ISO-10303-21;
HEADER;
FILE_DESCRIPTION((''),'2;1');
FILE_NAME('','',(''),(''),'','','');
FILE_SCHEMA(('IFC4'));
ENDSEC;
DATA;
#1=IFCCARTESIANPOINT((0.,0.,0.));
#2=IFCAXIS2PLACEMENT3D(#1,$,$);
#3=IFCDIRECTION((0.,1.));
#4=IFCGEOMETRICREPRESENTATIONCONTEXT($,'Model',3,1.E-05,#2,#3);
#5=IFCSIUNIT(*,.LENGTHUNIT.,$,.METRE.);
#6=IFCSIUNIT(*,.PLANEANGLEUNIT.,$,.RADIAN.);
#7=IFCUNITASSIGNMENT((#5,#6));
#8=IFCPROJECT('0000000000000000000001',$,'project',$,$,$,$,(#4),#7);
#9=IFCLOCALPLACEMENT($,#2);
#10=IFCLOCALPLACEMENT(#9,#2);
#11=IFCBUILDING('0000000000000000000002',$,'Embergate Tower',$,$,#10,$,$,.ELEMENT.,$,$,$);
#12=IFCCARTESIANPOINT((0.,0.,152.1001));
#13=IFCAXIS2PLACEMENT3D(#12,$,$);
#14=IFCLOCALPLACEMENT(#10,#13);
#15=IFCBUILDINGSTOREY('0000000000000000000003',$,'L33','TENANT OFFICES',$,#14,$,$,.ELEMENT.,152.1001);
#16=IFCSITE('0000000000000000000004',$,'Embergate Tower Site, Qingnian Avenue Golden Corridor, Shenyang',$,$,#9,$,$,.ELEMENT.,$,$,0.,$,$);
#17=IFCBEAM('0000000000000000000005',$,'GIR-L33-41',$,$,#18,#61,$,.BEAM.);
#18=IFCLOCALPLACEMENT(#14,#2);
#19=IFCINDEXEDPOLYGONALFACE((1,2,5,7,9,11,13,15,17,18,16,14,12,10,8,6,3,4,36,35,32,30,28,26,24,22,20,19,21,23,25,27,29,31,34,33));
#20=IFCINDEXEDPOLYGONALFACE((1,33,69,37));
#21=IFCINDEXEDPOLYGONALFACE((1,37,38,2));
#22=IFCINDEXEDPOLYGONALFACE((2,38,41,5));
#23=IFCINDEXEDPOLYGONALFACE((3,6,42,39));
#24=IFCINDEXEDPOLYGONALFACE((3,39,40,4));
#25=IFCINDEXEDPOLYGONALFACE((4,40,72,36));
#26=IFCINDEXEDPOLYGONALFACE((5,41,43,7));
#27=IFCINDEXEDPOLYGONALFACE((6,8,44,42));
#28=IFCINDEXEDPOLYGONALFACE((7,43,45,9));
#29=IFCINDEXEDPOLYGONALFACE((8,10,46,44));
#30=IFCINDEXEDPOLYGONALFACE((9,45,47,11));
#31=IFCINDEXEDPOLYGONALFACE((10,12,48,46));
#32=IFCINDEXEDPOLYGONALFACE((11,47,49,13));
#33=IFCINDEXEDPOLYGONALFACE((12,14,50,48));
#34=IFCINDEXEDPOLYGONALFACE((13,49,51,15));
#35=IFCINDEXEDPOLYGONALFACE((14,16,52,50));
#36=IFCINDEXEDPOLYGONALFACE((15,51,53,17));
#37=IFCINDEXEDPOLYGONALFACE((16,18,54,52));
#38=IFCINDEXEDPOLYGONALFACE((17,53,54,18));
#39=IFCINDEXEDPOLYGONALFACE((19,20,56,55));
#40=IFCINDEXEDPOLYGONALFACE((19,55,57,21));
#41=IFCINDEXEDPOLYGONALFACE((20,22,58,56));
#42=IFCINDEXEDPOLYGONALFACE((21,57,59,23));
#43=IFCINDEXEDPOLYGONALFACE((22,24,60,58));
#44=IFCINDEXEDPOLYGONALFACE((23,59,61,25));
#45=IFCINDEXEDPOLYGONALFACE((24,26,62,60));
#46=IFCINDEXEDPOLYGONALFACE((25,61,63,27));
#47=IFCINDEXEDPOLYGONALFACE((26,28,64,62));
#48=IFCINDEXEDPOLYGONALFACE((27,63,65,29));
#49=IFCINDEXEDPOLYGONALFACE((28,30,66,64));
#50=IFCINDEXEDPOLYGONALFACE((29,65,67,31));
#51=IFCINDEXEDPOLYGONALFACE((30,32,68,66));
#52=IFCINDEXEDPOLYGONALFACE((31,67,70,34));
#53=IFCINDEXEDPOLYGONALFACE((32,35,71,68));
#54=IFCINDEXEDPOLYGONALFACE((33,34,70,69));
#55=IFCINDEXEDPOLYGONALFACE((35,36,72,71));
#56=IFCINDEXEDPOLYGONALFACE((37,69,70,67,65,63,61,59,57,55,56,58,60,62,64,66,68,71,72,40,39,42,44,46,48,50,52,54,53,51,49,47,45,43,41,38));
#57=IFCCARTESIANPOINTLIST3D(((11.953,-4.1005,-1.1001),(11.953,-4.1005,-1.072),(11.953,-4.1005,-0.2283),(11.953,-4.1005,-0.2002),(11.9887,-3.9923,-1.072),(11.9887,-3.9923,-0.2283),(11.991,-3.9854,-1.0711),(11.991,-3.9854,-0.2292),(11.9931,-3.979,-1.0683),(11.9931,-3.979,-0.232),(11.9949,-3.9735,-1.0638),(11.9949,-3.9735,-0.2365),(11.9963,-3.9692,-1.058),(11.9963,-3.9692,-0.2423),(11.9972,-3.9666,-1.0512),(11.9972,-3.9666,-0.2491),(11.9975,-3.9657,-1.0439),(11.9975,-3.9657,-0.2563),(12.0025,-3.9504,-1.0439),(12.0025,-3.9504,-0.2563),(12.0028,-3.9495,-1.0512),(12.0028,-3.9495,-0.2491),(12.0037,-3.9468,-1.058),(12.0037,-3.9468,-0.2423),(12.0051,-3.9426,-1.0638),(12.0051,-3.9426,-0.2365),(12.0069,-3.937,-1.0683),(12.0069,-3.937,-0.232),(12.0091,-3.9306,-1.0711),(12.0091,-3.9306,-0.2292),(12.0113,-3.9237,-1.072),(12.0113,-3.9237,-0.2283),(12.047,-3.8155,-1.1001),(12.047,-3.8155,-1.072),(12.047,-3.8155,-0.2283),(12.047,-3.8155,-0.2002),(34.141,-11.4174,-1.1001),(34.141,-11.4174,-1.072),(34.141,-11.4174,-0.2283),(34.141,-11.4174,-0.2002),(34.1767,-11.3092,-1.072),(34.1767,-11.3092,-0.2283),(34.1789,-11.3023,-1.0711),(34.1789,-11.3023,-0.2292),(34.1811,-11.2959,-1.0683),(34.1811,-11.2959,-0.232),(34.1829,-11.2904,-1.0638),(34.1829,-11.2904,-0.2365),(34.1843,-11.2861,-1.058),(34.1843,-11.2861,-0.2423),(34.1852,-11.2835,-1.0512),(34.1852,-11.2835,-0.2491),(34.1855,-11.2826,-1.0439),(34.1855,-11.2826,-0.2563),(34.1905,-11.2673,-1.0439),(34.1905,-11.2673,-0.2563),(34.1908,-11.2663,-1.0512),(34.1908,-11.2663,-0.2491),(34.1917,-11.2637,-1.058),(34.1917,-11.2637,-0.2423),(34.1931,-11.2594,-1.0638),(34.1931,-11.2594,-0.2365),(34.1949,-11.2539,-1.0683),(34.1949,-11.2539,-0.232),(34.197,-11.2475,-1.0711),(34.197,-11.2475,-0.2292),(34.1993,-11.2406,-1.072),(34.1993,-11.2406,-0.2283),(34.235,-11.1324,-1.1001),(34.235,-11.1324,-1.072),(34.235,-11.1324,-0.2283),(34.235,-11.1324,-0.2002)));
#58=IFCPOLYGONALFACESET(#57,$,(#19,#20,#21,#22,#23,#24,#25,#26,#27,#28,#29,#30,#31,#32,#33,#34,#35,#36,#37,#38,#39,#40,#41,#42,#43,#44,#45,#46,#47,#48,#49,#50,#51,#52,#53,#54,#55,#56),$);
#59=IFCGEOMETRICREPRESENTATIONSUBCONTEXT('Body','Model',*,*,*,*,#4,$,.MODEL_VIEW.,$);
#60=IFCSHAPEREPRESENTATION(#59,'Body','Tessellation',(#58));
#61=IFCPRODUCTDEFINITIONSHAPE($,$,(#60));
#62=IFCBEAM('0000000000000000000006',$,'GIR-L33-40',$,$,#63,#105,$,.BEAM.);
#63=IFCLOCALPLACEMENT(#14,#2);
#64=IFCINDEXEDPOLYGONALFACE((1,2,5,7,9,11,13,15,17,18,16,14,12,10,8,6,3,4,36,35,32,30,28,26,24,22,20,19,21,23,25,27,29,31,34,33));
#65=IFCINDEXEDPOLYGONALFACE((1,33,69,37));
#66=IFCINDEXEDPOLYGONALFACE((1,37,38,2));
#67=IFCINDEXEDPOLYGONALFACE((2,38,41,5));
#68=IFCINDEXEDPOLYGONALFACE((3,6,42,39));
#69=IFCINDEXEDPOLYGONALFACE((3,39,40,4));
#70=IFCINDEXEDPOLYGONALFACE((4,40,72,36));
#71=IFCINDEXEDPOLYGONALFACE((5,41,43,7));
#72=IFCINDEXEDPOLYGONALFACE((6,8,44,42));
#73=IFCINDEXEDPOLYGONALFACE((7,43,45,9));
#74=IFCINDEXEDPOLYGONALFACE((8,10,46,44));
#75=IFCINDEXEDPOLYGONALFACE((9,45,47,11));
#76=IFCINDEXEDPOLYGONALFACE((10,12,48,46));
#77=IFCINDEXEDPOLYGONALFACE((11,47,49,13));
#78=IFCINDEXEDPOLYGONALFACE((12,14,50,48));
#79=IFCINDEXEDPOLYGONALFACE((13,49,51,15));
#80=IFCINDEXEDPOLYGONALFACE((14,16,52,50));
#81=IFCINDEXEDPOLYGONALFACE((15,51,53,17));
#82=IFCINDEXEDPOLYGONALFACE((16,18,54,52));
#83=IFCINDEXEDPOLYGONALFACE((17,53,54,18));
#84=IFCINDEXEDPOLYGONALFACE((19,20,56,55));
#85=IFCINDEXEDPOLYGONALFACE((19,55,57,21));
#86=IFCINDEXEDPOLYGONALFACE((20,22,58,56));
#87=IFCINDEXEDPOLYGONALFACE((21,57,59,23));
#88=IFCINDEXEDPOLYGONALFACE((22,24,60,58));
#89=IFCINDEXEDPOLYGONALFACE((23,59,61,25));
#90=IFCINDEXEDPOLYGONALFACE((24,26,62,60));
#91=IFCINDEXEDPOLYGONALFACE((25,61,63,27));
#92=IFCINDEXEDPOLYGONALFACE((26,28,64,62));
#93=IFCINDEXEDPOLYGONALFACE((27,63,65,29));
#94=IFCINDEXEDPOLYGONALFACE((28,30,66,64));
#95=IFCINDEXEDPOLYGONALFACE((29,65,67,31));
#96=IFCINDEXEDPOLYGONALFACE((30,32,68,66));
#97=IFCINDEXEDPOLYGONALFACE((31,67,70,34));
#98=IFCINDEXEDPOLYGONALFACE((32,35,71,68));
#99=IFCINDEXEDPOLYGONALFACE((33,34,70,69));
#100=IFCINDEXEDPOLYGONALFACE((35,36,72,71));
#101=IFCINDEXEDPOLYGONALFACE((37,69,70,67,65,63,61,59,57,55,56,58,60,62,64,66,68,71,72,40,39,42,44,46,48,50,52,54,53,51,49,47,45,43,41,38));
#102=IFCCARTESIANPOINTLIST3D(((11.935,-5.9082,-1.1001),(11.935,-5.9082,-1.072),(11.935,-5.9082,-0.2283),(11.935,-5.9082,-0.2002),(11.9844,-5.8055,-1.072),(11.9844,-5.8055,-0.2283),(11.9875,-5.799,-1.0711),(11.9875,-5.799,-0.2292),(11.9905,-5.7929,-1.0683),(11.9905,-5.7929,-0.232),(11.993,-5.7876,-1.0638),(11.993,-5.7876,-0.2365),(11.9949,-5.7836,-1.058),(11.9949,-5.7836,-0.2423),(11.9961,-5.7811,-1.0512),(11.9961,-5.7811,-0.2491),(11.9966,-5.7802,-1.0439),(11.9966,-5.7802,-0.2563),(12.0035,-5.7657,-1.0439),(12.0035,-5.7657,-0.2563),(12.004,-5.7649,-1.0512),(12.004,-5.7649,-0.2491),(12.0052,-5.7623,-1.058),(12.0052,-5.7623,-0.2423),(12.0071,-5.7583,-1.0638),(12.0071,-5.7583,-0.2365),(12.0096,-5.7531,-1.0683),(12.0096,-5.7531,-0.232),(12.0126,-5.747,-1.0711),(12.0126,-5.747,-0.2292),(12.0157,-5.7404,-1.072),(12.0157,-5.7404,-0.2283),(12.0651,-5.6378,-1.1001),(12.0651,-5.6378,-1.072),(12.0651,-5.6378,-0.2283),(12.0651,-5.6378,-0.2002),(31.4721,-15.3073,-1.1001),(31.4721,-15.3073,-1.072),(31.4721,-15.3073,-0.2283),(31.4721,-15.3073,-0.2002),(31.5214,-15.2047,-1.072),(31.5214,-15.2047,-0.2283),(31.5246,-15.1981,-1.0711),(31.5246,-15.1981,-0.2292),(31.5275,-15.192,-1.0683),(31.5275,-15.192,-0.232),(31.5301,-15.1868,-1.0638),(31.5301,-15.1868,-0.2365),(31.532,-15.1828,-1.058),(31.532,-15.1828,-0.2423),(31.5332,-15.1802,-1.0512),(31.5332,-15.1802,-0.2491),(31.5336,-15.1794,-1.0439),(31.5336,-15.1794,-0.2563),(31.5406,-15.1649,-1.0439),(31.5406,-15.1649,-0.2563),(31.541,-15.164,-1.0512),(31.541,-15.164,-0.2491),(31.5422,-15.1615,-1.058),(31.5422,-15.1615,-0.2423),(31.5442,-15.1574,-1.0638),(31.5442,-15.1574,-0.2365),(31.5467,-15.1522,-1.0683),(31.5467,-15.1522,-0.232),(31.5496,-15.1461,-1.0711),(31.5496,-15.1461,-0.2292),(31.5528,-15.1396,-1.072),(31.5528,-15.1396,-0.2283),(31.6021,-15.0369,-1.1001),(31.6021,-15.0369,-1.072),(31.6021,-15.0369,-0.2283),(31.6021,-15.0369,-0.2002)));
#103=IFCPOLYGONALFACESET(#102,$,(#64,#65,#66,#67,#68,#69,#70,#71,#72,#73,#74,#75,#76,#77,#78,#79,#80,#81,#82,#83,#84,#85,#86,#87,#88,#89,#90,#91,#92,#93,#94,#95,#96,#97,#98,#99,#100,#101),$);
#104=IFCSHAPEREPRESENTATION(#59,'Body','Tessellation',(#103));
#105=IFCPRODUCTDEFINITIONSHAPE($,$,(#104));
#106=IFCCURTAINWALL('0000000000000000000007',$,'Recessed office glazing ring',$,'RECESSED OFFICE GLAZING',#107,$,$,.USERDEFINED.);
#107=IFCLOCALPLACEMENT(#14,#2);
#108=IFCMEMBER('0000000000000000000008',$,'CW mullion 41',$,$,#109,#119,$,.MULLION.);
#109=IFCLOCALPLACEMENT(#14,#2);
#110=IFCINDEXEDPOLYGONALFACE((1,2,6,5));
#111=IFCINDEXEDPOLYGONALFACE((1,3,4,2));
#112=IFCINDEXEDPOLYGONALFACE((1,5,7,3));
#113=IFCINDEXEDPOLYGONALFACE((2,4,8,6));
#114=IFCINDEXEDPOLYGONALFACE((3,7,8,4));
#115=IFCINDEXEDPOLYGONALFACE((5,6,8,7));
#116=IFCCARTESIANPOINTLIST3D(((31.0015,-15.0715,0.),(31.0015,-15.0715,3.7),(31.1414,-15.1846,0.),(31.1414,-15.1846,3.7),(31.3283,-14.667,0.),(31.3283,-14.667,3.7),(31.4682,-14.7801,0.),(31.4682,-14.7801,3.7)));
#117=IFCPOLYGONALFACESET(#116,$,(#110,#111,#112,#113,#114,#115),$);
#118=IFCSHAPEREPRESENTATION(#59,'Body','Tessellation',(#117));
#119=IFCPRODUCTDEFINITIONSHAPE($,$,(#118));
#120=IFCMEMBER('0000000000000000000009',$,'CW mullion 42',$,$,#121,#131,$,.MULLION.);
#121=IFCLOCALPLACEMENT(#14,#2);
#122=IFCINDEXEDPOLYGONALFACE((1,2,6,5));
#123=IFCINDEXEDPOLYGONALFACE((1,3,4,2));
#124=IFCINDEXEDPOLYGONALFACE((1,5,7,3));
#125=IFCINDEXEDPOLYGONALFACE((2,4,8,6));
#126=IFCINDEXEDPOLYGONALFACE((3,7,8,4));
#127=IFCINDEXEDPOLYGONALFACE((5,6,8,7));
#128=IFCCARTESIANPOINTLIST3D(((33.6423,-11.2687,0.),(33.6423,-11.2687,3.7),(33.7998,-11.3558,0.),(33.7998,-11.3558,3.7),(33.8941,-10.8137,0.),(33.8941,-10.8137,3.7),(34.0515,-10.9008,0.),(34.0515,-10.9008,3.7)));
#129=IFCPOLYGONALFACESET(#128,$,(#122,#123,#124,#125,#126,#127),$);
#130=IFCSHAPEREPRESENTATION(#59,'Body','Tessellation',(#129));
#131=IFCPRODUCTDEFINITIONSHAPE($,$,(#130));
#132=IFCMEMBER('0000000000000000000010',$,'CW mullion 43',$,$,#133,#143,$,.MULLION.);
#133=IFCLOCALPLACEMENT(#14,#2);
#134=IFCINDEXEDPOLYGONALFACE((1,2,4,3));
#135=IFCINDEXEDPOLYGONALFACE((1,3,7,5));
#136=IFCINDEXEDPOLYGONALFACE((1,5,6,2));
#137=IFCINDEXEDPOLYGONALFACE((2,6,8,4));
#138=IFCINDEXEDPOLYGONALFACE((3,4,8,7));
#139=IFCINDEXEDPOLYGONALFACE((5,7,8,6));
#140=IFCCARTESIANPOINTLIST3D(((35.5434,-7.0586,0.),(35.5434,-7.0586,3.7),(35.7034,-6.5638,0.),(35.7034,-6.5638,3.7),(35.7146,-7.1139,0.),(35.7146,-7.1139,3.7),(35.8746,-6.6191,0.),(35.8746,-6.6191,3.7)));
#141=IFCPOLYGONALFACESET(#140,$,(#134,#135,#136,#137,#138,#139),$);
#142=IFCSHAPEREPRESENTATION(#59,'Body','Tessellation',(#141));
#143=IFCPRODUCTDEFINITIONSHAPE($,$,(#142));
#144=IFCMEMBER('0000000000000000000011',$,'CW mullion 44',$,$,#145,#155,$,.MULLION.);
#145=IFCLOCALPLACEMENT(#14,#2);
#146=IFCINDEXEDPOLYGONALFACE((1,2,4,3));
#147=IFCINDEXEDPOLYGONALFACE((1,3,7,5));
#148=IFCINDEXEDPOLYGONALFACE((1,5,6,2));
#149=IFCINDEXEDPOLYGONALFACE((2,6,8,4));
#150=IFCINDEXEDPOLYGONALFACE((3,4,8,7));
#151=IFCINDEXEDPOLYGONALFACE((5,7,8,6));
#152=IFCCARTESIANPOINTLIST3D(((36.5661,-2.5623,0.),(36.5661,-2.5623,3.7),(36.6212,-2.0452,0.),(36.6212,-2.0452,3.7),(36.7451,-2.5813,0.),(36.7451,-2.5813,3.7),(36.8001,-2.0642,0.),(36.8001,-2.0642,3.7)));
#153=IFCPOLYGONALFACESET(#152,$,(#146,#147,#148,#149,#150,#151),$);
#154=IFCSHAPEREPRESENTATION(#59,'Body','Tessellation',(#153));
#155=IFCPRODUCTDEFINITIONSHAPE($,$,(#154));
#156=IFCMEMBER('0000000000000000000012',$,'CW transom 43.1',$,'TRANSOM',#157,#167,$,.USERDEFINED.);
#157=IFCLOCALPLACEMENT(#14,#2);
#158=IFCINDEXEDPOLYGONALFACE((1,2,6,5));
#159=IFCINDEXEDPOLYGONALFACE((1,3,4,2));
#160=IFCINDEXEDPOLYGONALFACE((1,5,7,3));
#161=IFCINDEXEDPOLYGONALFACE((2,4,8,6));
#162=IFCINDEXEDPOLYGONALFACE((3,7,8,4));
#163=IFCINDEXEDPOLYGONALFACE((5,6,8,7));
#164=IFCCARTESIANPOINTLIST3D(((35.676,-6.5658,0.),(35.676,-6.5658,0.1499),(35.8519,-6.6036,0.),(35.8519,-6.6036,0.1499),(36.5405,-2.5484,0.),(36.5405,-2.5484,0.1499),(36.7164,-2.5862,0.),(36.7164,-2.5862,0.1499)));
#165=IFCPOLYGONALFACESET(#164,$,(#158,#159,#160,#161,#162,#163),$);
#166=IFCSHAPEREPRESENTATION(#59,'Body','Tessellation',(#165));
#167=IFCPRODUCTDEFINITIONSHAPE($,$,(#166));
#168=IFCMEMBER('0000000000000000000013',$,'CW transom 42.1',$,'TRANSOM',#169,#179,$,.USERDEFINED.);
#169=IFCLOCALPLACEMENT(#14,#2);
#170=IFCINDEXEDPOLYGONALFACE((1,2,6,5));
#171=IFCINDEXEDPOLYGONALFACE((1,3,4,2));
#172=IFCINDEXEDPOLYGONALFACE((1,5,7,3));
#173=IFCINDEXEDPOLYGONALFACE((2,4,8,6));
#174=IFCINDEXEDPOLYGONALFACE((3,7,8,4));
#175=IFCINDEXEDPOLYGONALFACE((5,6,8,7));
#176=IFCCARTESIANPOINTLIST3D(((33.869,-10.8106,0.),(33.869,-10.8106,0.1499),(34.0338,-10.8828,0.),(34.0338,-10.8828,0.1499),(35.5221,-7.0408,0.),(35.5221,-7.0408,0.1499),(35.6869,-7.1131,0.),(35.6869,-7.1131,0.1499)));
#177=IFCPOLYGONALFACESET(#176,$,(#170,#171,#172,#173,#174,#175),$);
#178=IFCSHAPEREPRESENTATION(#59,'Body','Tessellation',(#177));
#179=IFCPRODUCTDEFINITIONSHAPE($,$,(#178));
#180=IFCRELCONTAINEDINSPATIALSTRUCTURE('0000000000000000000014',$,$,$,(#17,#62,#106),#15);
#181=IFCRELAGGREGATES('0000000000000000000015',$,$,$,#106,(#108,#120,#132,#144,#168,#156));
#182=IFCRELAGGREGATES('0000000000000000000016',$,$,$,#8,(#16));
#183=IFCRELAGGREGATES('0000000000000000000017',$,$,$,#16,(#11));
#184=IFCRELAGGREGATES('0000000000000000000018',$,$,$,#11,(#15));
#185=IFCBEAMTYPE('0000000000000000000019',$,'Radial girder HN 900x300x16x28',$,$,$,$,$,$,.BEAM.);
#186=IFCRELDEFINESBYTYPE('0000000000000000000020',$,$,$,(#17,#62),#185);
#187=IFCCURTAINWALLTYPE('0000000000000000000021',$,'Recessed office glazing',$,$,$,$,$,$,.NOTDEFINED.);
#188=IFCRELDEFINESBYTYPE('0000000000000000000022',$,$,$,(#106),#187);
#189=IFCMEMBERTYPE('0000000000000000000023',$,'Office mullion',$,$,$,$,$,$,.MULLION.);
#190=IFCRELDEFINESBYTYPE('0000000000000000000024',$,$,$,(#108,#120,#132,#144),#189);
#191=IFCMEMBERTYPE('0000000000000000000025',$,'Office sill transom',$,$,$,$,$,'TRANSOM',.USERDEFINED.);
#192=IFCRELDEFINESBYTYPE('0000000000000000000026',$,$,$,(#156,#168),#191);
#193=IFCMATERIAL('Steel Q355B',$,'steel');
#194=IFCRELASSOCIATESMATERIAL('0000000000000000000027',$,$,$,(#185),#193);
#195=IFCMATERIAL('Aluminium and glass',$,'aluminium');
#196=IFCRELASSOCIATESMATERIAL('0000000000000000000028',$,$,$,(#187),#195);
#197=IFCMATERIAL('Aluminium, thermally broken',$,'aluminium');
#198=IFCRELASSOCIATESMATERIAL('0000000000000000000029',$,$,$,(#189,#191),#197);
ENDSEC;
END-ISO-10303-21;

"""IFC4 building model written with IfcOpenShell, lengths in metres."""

from ifc_helpers import new_model, si_unit, direction, frame, origin, origin_2d, place, context, subcontext, project, spatial, rectangle, i_section, extrude, source, transform, mapped, material, material_profile, profile_set, type_object, element, aggregate, save


model = new_model("IFC4")

# Units and contexts
model_context = context("Model", 3, precision=1e-05, world=origin(), true_north=direction((0.0, 1.0)))
body_context = subcontext(model_context, "Body", "Model", "MODEL_VIEW")
ifc_project = project(units=[si_unit("LENGTHUNIT", "METRE"), si_unit("PLANEANGLEUNIT", "RADIAN")], contexts=[model_context])

# Site, building, storey
site_placement = place(None, origin())
site = spatial("IfcSite", under=ifc_project, at=site_placement, Name="Embergate Tower Site, Qingnian Avenue Golden Corridor, Shenyang", CompositionType="ELEMENT", RefElevation=0.0)
building_placement = place(site_placement, origin())
building = spatial("IfcBuilding", under=site, at=building_placement, Name="Embergate Tower", CompositionType="ELEMENT")
storey_placement = place(building_placement, frame((0.0, 0.0, 152.1001)))
storey = spatial("IfcBuildingStorey", under=building, at=storey_placement, Name="L33", Description="TENANT OFFICES", CompositionType="ELEMENT", Elevation=152.1001)

# Beams
ifc_material_1 = material(Name="Steel Q355B", Category="steel")
ifc_material_profile_1 = material_profile(ifc_material_1, i_section(OverallWidth=0.3, OverallDepth=0.8999, WebThickness=0.0161, FlangeThickness=0.0281, FilletRadius=0.0281, at=origin_2d()), Name="HN 900x300x16x28")
ifc_profile_set_1 = profile_set([ifc_material_profile_1], Name="Steel Q355 grade B")
beam_type_1 = type_object("IfcBeamType", Name="Radial girder HN 900x300x16x28", PredefinedType="BEAM", material=ifc_profile_set_1)
shared_shape_1 = source(origin(), body_context, "Body", "SweptSolid", [
    extrude(i_section(OverallWidth=0.3, OverallDepth=0.8999, WebThickness=0.0161, FlangeThickness=0.0281, FilletRadius=0.0281, at=origin_2d()), origin(), (0.0, 0.0, 1.0), 23.3633),
])
beam_1_placement = place(storey_placement, frame((34.188, -11.2749, -0.6501), z_axis=(-0.949694, 0.313179, 0.0), x_axis=(-0.313179, -0.949694, 0.0)))
element("IfcBeam", 1, at=beam_1_placement, inside=storey, type_object=beam_type_1, Name="GIR-L33-41", PredefinedType="BEAM", context=body_context, shape_type="MappedRepresentation", body=[
    mapped(shared_shape_1, transform((0.0, 0.0, 0.0))),
])
shared_shape_2 = source(origin(), body_context, "Body", "SweptSolid", [
    extrude(i_section(OverallWidth=0.3, OverallDepth=0.8999, WebThickness=0.0161, FlangeThickness=0.0281, FilletRadius=0.0281, at=origin_2d()), origin(), (0.0, 0.0, 1.0), 21.6804),
])
beam_2_placement = place(storey_placement, frame((31.5371, -15.1721, -0.6501), z_axis=(-0.901138, 0.433532, 0.0), x_axis=(-0.433532, -0.901138, 0.0)))
element("IfcBeam", 2, at=beam_2_placement, inside=storey, type_object=beam_type_1, Name="GIR-L33-40", PredefinedType="BEAM", context=body_context, shape_type="MappedRepresentation", body=[
    mapped(shared_shape_2, transform((0.0, 0.0, 0.0))),
])

# Curtain wall, members
ifc_material_2 = material(Name="Aluminium and glass", Category="aluminium")
curtain_wall_type = type_object("IfcCurtainWallType", Name="Recessed office glazing", PredefinedType="NOTDEFINED", material=ifc_material_2)
curtain_wall_placement = place(storey_placement, origin())
curtain_wall = element("IfcCurtainWall", 3, at=curtain_wall_placement, inside=storey, type_object=curtain_wall_type, Name="Recessed office glazing ring", ObjectType="RECESSED OFFICE GLAZING", PredefinedType="USERDEFINED")
ifc_material_3 = material(Name="Aluminium, thermally broken", Category="aluminium")
ifc_material_profile_2 = material_profile(ifc_material_3, rectangle(XDim=0.1799, YDim=0.52, at=origin_2d()), Name="AL 520x180")
ifc_profile_set_2 = profile_set([ifc_material_profile_2], Name="Aluminium, thermally broken")
member_type_1 = type_object("IfcMemberType", Name="Office mullion", PredefinedType="MULLION", material=ifc_profile_set_2)
shared_shape_3 = source(origin(), body_context, "Body", "SweptSolid", [
    extrude(rectangle(XDim=0.1799, YDim=0.52, at=origin_2d()), origin(), (0.0, 0.0, 1.0), 3.7),
])
member_1_placement = place(storey_placement, frame((31.2349, -14.9258, 0.0), z_axis=(0.0, 0.0, 1.0), x_axis=(-0.777873, 0.628422, 0.0)))
member_1 = element("IfcMember", 4, at=member_1_placement, type_object=member_type_1, Name="CW mullion 41", PredefinedType="MULLION", context=body_context, shape_type="MappedRepresentation", body=[
    mapped(shared_shape_3, transform((0.0, 0.0, 0.0))),
])
member_2_placement = place(storey_placement, frame((33.8469, -11.0847, 0.0), z_axis=(0.0, 0.0, 1.0), x_axis=(-0.875002, 0.484119, 0.0)))
member_2 = element("IfcMember", 5, at=member_2_placement, type_object=member_type_1, Name="CW mullion 42", PredefinedType="MULLION", context=body_context, shape_type="MappedRepresentation", body=[
    mapped(shared_shape_3, transform((0.0, 0.0, 0.0))),
])
member_3_placement = place(storey_placement, frame((35.709, -6.8389, 0.0), z_axis=(0.0, 0.0, 1.0), x_axis=(-0.951498, 0.307654, 0.0)))
member_3 = element("IfcMember", 6, at=member_3_placement, type_object=member_type_1, Name="CW mullion 43", PredefinedType="MULLION", context=body_context, shape_type="MappedRepresentation", body=[
    mapped(shared_shape_3, transform((0.0, 0.0, 0.0))),
])
member_4_placement = place(storey_placement, frame((36.6831, -2.3132, 0.0), z_axis=(0.0, 0.0, 1.0), x_axis=(-0.994385, 0.105823, 0.0)))
member_4 = element("IfcMember", 7, at=member_4_placement, type_object=member_type_1, Name="CW mullion 44", PredefinedType="MULLION", context=body_context, shape_type="MappedRepresentation", body=[
    mapped(shared_shape_3, transform((0.0, 0.0, 0.0))),
])
ifc_material_profile_3 = material_profile(ifc_material_3, rectangle(XDim=0.1799, YDim=0.1499, at=origin_2d()), Name="AL 150x180")
ifc_profile_set_3 = profile_set([ifc_material_profile_3], Name="Aluminium, thermally broken")
member_type_2 = type_object("IfcMemberType", Name="Office sill transom", ElementType="TRANSOM", PredefinedType="USERDEFINED", material=ifc_profile_set_3)
shared_shape_4 = source(origin(), body_context, "Body", "SweptSolid", [
    extrude(rectangle(XDim=0.1799, YDim=0.1499, at=origin_2d()), origin(), (0.0, 0.0, 1.0), 4.1094),
])
member_5_placement = place(storey_placement, frame((35.7639, -6.5847, 0.075), z_axis=(0.210377, 0.97762, 0.0), x_axis=(-0.97762, 0.210377, 0.0)))
member_5 = element("IfcMember", 8, at=member_5_placement, type_object=member_type_2, Name="CW transom 43.1", ObjectType="TRANSOM", PredefinedType="USERDEFINED", context=body_context, shape_type="MappedRepresentation", body=[
    mapped(shared_shape_4, transform((0.0, 0.0, 0.0))),
])
shared_shape_5 = source(origin(), body_context, "Body", "SweptSolid", [
    extrude(rectangle(XDim=0.1799, YDim=0.1499, at=origin_2d()), origin(), (0.0, 0.0, 1.0), 4.1162),
])
member_6_placement = place(storey_placement, frame((33.9514, -10.8467, 0.075), z_axis=(0.401593, 0.915818, 0.0), x_axis=(-0.915818, 0.401593, 0.0)))
member_6 = element("IfcMember", 9, at=member_6_placement, type_object=member_type_2, Name="CW transom 42.1", ObjectType="TRANSOM", PredefinedType="USERDEFINED", context=body_context, shape_type="MappedRepresentation", body=[
    mapped(shared_shape_5, transform((0.0, 0.0, 0.0))),
])
aggregate(curtain_wall, [member_1, member_2, member_3, member_4, member_6, member_5])

save(model, "model.ifc")
